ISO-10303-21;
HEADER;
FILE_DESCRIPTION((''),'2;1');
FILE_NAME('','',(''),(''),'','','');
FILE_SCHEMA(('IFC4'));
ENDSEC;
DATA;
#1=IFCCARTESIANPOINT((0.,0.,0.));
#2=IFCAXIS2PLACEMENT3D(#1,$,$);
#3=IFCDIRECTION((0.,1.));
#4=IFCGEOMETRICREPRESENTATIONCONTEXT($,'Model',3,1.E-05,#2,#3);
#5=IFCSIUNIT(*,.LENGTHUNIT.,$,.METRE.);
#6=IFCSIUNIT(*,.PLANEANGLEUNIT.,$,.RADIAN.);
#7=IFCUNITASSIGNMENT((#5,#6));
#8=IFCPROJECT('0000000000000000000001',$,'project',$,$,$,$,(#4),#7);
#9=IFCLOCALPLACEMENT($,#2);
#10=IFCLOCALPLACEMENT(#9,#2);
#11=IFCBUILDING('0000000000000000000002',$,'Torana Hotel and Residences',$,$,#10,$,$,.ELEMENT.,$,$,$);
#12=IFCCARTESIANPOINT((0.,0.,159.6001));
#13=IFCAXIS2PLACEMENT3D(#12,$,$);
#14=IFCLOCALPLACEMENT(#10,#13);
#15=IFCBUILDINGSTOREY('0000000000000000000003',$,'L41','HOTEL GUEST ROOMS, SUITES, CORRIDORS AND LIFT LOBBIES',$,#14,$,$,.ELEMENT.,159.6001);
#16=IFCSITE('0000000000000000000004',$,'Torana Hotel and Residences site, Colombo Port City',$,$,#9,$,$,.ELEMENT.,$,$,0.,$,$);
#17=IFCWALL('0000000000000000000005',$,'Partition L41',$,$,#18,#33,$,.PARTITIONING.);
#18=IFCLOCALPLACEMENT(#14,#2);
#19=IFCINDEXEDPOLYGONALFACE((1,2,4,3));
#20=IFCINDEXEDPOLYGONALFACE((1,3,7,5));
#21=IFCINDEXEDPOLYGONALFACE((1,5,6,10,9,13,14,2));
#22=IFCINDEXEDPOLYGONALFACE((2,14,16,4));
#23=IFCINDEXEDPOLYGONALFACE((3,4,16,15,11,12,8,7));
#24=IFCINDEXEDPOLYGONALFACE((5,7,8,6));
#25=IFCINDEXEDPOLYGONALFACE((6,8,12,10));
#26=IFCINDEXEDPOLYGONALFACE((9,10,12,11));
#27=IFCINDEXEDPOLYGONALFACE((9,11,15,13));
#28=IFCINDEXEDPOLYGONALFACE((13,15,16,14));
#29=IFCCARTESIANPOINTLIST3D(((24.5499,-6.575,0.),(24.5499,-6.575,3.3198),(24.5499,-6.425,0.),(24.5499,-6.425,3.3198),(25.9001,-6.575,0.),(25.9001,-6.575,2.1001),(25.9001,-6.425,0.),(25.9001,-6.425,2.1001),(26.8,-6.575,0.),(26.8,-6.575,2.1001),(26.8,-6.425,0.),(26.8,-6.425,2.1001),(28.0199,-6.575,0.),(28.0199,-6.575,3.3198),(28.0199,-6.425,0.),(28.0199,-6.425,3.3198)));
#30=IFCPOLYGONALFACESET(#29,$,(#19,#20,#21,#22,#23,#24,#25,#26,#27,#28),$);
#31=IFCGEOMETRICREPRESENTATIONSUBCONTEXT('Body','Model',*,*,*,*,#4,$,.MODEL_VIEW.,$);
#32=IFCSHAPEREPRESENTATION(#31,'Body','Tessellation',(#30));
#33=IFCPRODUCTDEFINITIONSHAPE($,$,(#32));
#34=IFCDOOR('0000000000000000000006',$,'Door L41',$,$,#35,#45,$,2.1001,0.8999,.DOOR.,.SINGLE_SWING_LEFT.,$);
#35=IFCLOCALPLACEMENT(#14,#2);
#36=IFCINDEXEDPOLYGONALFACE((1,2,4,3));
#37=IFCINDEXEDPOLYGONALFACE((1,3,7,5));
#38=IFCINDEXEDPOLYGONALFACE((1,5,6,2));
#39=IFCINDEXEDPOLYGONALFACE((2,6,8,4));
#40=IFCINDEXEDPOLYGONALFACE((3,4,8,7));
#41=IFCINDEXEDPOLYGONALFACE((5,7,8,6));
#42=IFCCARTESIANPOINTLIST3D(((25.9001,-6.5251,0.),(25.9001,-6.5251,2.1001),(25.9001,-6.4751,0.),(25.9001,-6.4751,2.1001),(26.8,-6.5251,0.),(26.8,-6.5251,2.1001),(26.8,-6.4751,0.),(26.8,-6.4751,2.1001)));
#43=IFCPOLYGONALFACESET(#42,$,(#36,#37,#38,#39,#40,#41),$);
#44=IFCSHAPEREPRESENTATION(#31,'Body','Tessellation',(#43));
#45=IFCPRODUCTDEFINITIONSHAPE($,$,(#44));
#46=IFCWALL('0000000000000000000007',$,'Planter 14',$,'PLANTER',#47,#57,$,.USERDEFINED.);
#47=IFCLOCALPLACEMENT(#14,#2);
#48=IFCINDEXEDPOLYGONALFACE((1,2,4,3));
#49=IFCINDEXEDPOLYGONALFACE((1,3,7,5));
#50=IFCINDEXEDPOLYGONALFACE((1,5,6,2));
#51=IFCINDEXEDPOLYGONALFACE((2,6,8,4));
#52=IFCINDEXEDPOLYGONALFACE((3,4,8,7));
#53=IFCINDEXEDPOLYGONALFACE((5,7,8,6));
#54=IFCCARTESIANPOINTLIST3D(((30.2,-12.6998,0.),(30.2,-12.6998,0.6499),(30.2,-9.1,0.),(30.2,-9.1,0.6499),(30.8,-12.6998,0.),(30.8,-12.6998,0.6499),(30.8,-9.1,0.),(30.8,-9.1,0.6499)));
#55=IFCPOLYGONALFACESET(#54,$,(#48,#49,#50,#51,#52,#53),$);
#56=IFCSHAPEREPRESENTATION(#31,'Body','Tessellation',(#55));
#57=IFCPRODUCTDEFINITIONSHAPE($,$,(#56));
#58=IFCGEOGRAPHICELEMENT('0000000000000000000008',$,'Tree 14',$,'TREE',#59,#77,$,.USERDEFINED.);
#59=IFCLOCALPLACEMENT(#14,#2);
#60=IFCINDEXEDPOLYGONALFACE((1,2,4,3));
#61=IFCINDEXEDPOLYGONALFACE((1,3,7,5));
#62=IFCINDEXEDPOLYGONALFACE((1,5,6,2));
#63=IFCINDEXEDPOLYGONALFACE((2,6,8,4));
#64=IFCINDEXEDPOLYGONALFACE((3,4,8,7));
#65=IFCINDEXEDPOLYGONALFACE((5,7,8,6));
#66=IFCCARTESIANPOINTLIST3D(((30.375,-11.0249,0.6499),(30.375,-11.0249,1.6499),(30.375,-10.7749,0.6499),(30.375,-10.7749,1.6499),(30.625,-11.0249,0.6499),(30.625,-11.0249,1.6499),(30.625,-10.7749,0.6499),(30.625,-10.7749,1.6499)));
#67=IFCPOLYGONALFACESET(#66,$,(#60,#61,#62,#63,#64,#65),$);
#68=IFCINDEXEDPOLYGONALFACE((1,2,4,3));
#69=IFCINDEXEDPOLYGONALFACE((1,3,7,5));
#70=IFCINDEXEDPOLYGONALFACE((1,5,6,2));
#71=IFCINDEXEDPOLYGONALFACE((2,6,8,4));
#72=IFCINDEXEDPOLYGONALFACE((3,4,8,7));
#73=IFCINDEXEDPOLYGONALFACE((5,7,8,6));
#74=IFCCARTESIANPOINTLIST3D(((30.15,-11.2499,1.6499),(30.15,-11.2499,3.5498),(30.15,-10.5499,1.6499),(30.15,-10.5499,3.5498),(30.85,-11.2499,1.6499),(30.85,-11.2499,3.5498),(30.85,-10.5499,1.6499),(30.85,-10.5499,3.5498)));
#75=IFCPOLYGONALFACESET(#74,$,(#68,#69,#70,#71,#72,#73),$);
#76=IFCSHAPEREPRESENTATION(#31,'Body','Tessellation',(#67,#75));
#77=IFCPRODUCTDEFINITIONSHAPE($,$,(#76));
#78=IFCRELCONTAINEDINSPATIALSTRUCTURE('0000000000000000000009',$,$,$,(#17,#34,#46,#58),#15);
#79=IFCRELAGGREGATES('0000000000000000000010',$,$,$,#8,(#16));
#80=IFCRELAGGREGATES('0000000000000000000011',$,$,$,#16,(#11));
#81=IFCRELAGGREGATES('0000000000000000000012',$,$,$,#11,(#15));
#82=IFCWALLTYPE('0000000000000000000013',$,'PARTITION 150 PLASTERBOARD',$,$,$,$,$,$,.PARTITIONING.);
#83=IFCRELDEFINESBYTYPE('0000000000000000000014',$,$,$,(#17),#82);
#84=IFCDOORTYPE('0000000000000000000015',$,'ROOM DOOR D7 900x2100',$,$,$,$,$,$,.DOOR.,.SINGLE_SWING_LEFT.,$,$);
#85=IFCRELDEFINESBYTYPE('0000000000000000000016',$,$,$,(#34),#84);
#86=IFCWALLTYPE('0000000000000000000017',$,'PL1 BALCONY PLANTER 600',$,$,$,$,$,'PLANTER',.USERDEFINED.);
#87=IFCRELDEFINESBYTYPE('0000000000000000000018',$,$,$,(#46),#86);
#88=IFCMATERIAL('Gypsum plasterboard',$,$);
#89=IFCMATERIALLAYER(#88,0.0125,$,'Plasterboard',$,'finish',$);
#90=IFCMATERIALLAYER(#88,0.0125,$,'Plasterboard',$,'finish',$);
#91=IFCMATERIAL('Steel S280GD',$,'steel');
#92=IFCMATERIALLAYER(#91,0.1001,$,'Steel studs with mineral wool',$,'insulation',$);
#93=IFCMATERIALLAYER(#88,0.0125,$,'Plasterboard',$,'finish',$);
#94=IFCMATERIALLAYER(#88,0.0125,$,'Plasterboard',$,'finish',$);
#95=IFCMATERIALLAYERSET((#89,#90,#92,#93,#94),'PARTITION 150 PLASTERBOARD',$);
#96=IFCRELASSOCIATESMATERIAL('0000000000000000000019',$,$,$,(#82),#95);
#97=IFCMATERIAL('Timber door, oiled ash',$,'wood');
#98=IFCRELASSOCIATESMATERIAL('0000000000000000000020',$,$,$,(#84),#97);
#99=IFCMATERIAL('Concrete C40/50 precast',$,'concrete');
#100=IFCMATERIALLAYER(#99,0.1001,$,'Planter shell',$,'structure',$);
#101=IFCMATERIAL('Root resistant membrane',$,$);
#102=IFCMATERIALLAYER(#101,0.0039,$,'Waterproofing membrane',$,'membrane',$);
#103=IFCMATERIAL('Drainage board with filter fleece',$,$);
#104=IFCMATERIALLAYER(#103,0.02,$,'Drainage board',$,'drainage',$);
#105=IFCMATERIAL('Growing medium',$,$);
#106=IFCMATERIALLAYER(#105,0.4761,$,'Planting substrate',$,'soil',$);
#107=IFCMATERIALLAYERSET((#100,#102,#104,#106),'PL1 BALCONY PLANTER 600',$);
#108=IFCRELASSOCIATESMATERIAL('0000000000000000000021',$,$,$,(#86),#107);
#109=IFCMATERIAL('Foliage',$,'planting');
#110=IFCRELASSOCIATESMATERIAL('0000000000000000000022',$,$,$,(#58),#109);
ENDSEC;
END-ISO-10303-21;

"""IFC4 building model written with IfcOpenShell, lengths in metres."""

from ifc_helpers import new_model, si_unit, direction, frame, frame_2d, origin, origin_2d, place, context, subcontext, project, spatial, rectangle, extrude, material, layer, layer_set, type_object, element, fill, save


model = new_model("IFC4")

# Units and contexts
model_context = context("Model", 3, precision=1e-05, world=origin(), true_north=direction((0.0, 1.0)))
body_context = subcontext(model_context, "Body", "Model", "MODEL_VIEW")
ifc_project = project(units=[si_unit("LENGTHUNIT", "METRE"), si_unit("PLANEANGLEUNIT", "RADIAN")], contexts=[model_context])

# Site, building, storey
site_placement = place(None, origin())
site = spatial("IfcSite", under=ifc_project, at=site_placement, Name="Torana Hotel and Residences site, Colombo Port City", CompositionType="ELEMENT", RefElevation=0.0)
building_placement = place(site_placement, origin())
building = spatial("IfcBuilding", under=site, at=building_placement, Name="Torana Hotel and Residences", CompositionType="ELEMENT")
storey_placement = place(building_placement, frame((0.0, 0.0, 159.6001)))
storey = spatial("IfcBuildingStorey", under=building, at=storey_placement, Name="L41", Description="HOTEL GUEST ROOMS, SUITES, CORRIDORS AND LIFT LOBBIES", CompositionType="ELEMENT", Elevation=159.6001)

# Shared definitions
ifc_material_1 = material(Name="Steel S280GD", Category="steel")

# Shared definitions
ifc_material_2 = material(Name="Concrete C40/50 precast", Category="concrete")

# Shared definitions
ifc_material_3 = material(Name="Gypsum plasterboard")
ifc_layer_1 = layer(ifc_material_3, 0.0125, Name="Plasterboard", Category="finish")
ifc_layer_2 = layer(ifc_material_3, 0.0125, Name="Plasterboard", Category="finish")
ifc_layer_3 = layer(ifc_material_1, 0.1001, Name="Steel studs with mineral wool", Category="insulation")
ifc_layer_4 = layer(ifc_material_3, 0.0125, Name="Plasterboard", Category="finish")
ifc_layer_5 = layer(ifc_material_3, 0.0125, Name="Plasterboard", Category="finish")
ifc_layer_set_1 = layer_set([ifc_layer_1, ifc_layer_2, ifc_layer_3, ifc_layer_4, ifc_layer_5], Name="PARTITION 150 PLASTERBOARD")
wall_type_1 = type_object("IfcWallType", Name="PARTITION 150 PLASTERBOARD", PredefinedType="PARTITIONING", material=ifc_layer_set_1)

# Wall, opening, door
wall_1_placement = place(storey_placement, frame((24.55, -6.5, 0.0), z_axis=(0.0, 0.0, 1.0), x_axis=(1.0, 0.0, 0.0)))
wall_1 = element("IfcWall", 1, at=wall_1_placement, inside=storey, type_object=wall_type_1, Name="Partition L41", PredefinedType="PARTITIONING", context=body_context, shape_type="SweptSolid", body=[
    extrude(rectangle(XDim=3.47, YDim=0.1499, at=frame_2d((1.7349, 0.0))), origin(), (0.0, 0.0, 1.0), 3.3198),
])
opening_1_placement = place(wall_1_placement, frame((1.3501, 0.0, 0.0)))
opening_1 = element("IfcOpeningElement", 2, at=opening_1_placement, cuts=wall_1, PredefinedType="OPENING", context=body_context, shape_type="SweptSolid", body=[
    extrude(rectangle(XDim=0.8999, YDim=2.1001, at=frame_2d((0.45, 1.05))), frame((0.0, 0.085, 0.0), z_axis=(0.0, -1.0, 0.0), x_axis=(1.0, 0.0, 0.0)), (0.0, 0.0, 1.0), 0.1699),
])
ifc_material_4 = material(Name="Timber door, oiled ash", Category="wood")
door_type_1 = type_object("IfcDoorType", Name="ROOM DOOR D7 900x2100", OperationType="SINGLE_SWING_LEFT", PredefinedType="DOOR", material=ifc_material_4)
door_1_placement = place(opening_1_placement, origin())
door_1 = element("IfcDoor", 3, at=door_1_placement, inside=storey, type_object=door_type_1, Name="Door L41", OperationType="SINGLE_SWING_LEFT", OverallHeight=2.1001, OverallWidth=0.8999, PredefinedType="DOOR", context=body_context, shape_type="SweptSolid", body=[
    extrude(rectangle(XDim=0.8999, YDim=2.1001, at=frame_2d((0.45, 1.05))), frame((0.0, 0.0249, 0.0), z_axis=(0.0, -1.0, 0.0), x_axis=(1.0, 0.0, 0.0)), (0.0, 0.0, 1.0), 0.05),
])
fill(opening_1, door_1)

# Wall
ifc_layer_6 = layer(ifc_material_2, 0.1001, Name="Planter shell", Category="structure")
ifc_material_5 = material(Name="Root resistant membrane")
ifc_layer_7 = layer(ifc_material_5, 0.0039, Name="Waterproofing membrane", Category="membrane")
ifc_material_6 = material(Name="Drainage board with filter fleece")
ifc_layer_8 = layer(ifc_material_6, 0.02, Name="Drainage board", Category="drainage")
ifc_material_7 = material(Name="Growing medium")
ifc_layer_9 = layer(ifc_material_7, 0.4761, Name="Planting substrate", Category="soil")
ifc_layer_set_2 = layer_set([ifc_layer_6, ifc_layer_7, ifc_layer_8, ifc_layer_9], Name="PL1 BALCONY PLANTER 600")
wall_type_2 = type_object("IfcWallType", Name="PL1 BALCONY PLANTER 600", ElementType="PLANTER", PredefinedType="USERDEFINED", material=ifc_layer_set_2)
wall_2_placement = place(storey_placement, frame((30.5, -9.1001, 0.0), z_axis=(0.0, 0.0, 1.0), x_axis=(0.0, -1.0, 0.0)))
element("IfcWall", 4, at=wall_2_placement, inside=storey, type_object=wall_type_2, Name="Planter 14", ObjectType="PLANTER", PredefinedType="USERDEFINED", context=body_context, shape_type="SweptSolid", body=[
    extrude(rectangle(XDim=3.5999, YDim=0.6001, at=frame_2d((1.7998, 0.0))), origin(), (0.0, 0.0, 1.0), 0.6499),
])

# Geographic element
ifc_material_8 = material(Name="Foliage", Category="planting")
geographic_element_placement = place(storey_placement, frame((30.5, -10.8999, 0.6499), z_axis=(0.0, 0.0, 1.0), x_axis=(1.0, 0.0, 0.0)))
element("IfcGeographicElement", 5, at=geographic_element_placement, inside=storey, material=ifc_material_8, Name="Tree 14", ObjectType="TREE", PredefinedType="USERDEFINED", context=body_context, shape_type="SweptSolid", body=[
    extrude(rectangle(XDim=0.25, YDim=0.25, at=origin_2d()), origin(), (0.0, 0.0, 1.0), 1.0),
    extrude(rectangle(XDim=0.7, YDim=0.7, at=origin_2d()), frame((0.0, 0.0, 1.0)), (0.0, 0.0, 1.0), 1.8999),
])

save(model, "model.ifc")
